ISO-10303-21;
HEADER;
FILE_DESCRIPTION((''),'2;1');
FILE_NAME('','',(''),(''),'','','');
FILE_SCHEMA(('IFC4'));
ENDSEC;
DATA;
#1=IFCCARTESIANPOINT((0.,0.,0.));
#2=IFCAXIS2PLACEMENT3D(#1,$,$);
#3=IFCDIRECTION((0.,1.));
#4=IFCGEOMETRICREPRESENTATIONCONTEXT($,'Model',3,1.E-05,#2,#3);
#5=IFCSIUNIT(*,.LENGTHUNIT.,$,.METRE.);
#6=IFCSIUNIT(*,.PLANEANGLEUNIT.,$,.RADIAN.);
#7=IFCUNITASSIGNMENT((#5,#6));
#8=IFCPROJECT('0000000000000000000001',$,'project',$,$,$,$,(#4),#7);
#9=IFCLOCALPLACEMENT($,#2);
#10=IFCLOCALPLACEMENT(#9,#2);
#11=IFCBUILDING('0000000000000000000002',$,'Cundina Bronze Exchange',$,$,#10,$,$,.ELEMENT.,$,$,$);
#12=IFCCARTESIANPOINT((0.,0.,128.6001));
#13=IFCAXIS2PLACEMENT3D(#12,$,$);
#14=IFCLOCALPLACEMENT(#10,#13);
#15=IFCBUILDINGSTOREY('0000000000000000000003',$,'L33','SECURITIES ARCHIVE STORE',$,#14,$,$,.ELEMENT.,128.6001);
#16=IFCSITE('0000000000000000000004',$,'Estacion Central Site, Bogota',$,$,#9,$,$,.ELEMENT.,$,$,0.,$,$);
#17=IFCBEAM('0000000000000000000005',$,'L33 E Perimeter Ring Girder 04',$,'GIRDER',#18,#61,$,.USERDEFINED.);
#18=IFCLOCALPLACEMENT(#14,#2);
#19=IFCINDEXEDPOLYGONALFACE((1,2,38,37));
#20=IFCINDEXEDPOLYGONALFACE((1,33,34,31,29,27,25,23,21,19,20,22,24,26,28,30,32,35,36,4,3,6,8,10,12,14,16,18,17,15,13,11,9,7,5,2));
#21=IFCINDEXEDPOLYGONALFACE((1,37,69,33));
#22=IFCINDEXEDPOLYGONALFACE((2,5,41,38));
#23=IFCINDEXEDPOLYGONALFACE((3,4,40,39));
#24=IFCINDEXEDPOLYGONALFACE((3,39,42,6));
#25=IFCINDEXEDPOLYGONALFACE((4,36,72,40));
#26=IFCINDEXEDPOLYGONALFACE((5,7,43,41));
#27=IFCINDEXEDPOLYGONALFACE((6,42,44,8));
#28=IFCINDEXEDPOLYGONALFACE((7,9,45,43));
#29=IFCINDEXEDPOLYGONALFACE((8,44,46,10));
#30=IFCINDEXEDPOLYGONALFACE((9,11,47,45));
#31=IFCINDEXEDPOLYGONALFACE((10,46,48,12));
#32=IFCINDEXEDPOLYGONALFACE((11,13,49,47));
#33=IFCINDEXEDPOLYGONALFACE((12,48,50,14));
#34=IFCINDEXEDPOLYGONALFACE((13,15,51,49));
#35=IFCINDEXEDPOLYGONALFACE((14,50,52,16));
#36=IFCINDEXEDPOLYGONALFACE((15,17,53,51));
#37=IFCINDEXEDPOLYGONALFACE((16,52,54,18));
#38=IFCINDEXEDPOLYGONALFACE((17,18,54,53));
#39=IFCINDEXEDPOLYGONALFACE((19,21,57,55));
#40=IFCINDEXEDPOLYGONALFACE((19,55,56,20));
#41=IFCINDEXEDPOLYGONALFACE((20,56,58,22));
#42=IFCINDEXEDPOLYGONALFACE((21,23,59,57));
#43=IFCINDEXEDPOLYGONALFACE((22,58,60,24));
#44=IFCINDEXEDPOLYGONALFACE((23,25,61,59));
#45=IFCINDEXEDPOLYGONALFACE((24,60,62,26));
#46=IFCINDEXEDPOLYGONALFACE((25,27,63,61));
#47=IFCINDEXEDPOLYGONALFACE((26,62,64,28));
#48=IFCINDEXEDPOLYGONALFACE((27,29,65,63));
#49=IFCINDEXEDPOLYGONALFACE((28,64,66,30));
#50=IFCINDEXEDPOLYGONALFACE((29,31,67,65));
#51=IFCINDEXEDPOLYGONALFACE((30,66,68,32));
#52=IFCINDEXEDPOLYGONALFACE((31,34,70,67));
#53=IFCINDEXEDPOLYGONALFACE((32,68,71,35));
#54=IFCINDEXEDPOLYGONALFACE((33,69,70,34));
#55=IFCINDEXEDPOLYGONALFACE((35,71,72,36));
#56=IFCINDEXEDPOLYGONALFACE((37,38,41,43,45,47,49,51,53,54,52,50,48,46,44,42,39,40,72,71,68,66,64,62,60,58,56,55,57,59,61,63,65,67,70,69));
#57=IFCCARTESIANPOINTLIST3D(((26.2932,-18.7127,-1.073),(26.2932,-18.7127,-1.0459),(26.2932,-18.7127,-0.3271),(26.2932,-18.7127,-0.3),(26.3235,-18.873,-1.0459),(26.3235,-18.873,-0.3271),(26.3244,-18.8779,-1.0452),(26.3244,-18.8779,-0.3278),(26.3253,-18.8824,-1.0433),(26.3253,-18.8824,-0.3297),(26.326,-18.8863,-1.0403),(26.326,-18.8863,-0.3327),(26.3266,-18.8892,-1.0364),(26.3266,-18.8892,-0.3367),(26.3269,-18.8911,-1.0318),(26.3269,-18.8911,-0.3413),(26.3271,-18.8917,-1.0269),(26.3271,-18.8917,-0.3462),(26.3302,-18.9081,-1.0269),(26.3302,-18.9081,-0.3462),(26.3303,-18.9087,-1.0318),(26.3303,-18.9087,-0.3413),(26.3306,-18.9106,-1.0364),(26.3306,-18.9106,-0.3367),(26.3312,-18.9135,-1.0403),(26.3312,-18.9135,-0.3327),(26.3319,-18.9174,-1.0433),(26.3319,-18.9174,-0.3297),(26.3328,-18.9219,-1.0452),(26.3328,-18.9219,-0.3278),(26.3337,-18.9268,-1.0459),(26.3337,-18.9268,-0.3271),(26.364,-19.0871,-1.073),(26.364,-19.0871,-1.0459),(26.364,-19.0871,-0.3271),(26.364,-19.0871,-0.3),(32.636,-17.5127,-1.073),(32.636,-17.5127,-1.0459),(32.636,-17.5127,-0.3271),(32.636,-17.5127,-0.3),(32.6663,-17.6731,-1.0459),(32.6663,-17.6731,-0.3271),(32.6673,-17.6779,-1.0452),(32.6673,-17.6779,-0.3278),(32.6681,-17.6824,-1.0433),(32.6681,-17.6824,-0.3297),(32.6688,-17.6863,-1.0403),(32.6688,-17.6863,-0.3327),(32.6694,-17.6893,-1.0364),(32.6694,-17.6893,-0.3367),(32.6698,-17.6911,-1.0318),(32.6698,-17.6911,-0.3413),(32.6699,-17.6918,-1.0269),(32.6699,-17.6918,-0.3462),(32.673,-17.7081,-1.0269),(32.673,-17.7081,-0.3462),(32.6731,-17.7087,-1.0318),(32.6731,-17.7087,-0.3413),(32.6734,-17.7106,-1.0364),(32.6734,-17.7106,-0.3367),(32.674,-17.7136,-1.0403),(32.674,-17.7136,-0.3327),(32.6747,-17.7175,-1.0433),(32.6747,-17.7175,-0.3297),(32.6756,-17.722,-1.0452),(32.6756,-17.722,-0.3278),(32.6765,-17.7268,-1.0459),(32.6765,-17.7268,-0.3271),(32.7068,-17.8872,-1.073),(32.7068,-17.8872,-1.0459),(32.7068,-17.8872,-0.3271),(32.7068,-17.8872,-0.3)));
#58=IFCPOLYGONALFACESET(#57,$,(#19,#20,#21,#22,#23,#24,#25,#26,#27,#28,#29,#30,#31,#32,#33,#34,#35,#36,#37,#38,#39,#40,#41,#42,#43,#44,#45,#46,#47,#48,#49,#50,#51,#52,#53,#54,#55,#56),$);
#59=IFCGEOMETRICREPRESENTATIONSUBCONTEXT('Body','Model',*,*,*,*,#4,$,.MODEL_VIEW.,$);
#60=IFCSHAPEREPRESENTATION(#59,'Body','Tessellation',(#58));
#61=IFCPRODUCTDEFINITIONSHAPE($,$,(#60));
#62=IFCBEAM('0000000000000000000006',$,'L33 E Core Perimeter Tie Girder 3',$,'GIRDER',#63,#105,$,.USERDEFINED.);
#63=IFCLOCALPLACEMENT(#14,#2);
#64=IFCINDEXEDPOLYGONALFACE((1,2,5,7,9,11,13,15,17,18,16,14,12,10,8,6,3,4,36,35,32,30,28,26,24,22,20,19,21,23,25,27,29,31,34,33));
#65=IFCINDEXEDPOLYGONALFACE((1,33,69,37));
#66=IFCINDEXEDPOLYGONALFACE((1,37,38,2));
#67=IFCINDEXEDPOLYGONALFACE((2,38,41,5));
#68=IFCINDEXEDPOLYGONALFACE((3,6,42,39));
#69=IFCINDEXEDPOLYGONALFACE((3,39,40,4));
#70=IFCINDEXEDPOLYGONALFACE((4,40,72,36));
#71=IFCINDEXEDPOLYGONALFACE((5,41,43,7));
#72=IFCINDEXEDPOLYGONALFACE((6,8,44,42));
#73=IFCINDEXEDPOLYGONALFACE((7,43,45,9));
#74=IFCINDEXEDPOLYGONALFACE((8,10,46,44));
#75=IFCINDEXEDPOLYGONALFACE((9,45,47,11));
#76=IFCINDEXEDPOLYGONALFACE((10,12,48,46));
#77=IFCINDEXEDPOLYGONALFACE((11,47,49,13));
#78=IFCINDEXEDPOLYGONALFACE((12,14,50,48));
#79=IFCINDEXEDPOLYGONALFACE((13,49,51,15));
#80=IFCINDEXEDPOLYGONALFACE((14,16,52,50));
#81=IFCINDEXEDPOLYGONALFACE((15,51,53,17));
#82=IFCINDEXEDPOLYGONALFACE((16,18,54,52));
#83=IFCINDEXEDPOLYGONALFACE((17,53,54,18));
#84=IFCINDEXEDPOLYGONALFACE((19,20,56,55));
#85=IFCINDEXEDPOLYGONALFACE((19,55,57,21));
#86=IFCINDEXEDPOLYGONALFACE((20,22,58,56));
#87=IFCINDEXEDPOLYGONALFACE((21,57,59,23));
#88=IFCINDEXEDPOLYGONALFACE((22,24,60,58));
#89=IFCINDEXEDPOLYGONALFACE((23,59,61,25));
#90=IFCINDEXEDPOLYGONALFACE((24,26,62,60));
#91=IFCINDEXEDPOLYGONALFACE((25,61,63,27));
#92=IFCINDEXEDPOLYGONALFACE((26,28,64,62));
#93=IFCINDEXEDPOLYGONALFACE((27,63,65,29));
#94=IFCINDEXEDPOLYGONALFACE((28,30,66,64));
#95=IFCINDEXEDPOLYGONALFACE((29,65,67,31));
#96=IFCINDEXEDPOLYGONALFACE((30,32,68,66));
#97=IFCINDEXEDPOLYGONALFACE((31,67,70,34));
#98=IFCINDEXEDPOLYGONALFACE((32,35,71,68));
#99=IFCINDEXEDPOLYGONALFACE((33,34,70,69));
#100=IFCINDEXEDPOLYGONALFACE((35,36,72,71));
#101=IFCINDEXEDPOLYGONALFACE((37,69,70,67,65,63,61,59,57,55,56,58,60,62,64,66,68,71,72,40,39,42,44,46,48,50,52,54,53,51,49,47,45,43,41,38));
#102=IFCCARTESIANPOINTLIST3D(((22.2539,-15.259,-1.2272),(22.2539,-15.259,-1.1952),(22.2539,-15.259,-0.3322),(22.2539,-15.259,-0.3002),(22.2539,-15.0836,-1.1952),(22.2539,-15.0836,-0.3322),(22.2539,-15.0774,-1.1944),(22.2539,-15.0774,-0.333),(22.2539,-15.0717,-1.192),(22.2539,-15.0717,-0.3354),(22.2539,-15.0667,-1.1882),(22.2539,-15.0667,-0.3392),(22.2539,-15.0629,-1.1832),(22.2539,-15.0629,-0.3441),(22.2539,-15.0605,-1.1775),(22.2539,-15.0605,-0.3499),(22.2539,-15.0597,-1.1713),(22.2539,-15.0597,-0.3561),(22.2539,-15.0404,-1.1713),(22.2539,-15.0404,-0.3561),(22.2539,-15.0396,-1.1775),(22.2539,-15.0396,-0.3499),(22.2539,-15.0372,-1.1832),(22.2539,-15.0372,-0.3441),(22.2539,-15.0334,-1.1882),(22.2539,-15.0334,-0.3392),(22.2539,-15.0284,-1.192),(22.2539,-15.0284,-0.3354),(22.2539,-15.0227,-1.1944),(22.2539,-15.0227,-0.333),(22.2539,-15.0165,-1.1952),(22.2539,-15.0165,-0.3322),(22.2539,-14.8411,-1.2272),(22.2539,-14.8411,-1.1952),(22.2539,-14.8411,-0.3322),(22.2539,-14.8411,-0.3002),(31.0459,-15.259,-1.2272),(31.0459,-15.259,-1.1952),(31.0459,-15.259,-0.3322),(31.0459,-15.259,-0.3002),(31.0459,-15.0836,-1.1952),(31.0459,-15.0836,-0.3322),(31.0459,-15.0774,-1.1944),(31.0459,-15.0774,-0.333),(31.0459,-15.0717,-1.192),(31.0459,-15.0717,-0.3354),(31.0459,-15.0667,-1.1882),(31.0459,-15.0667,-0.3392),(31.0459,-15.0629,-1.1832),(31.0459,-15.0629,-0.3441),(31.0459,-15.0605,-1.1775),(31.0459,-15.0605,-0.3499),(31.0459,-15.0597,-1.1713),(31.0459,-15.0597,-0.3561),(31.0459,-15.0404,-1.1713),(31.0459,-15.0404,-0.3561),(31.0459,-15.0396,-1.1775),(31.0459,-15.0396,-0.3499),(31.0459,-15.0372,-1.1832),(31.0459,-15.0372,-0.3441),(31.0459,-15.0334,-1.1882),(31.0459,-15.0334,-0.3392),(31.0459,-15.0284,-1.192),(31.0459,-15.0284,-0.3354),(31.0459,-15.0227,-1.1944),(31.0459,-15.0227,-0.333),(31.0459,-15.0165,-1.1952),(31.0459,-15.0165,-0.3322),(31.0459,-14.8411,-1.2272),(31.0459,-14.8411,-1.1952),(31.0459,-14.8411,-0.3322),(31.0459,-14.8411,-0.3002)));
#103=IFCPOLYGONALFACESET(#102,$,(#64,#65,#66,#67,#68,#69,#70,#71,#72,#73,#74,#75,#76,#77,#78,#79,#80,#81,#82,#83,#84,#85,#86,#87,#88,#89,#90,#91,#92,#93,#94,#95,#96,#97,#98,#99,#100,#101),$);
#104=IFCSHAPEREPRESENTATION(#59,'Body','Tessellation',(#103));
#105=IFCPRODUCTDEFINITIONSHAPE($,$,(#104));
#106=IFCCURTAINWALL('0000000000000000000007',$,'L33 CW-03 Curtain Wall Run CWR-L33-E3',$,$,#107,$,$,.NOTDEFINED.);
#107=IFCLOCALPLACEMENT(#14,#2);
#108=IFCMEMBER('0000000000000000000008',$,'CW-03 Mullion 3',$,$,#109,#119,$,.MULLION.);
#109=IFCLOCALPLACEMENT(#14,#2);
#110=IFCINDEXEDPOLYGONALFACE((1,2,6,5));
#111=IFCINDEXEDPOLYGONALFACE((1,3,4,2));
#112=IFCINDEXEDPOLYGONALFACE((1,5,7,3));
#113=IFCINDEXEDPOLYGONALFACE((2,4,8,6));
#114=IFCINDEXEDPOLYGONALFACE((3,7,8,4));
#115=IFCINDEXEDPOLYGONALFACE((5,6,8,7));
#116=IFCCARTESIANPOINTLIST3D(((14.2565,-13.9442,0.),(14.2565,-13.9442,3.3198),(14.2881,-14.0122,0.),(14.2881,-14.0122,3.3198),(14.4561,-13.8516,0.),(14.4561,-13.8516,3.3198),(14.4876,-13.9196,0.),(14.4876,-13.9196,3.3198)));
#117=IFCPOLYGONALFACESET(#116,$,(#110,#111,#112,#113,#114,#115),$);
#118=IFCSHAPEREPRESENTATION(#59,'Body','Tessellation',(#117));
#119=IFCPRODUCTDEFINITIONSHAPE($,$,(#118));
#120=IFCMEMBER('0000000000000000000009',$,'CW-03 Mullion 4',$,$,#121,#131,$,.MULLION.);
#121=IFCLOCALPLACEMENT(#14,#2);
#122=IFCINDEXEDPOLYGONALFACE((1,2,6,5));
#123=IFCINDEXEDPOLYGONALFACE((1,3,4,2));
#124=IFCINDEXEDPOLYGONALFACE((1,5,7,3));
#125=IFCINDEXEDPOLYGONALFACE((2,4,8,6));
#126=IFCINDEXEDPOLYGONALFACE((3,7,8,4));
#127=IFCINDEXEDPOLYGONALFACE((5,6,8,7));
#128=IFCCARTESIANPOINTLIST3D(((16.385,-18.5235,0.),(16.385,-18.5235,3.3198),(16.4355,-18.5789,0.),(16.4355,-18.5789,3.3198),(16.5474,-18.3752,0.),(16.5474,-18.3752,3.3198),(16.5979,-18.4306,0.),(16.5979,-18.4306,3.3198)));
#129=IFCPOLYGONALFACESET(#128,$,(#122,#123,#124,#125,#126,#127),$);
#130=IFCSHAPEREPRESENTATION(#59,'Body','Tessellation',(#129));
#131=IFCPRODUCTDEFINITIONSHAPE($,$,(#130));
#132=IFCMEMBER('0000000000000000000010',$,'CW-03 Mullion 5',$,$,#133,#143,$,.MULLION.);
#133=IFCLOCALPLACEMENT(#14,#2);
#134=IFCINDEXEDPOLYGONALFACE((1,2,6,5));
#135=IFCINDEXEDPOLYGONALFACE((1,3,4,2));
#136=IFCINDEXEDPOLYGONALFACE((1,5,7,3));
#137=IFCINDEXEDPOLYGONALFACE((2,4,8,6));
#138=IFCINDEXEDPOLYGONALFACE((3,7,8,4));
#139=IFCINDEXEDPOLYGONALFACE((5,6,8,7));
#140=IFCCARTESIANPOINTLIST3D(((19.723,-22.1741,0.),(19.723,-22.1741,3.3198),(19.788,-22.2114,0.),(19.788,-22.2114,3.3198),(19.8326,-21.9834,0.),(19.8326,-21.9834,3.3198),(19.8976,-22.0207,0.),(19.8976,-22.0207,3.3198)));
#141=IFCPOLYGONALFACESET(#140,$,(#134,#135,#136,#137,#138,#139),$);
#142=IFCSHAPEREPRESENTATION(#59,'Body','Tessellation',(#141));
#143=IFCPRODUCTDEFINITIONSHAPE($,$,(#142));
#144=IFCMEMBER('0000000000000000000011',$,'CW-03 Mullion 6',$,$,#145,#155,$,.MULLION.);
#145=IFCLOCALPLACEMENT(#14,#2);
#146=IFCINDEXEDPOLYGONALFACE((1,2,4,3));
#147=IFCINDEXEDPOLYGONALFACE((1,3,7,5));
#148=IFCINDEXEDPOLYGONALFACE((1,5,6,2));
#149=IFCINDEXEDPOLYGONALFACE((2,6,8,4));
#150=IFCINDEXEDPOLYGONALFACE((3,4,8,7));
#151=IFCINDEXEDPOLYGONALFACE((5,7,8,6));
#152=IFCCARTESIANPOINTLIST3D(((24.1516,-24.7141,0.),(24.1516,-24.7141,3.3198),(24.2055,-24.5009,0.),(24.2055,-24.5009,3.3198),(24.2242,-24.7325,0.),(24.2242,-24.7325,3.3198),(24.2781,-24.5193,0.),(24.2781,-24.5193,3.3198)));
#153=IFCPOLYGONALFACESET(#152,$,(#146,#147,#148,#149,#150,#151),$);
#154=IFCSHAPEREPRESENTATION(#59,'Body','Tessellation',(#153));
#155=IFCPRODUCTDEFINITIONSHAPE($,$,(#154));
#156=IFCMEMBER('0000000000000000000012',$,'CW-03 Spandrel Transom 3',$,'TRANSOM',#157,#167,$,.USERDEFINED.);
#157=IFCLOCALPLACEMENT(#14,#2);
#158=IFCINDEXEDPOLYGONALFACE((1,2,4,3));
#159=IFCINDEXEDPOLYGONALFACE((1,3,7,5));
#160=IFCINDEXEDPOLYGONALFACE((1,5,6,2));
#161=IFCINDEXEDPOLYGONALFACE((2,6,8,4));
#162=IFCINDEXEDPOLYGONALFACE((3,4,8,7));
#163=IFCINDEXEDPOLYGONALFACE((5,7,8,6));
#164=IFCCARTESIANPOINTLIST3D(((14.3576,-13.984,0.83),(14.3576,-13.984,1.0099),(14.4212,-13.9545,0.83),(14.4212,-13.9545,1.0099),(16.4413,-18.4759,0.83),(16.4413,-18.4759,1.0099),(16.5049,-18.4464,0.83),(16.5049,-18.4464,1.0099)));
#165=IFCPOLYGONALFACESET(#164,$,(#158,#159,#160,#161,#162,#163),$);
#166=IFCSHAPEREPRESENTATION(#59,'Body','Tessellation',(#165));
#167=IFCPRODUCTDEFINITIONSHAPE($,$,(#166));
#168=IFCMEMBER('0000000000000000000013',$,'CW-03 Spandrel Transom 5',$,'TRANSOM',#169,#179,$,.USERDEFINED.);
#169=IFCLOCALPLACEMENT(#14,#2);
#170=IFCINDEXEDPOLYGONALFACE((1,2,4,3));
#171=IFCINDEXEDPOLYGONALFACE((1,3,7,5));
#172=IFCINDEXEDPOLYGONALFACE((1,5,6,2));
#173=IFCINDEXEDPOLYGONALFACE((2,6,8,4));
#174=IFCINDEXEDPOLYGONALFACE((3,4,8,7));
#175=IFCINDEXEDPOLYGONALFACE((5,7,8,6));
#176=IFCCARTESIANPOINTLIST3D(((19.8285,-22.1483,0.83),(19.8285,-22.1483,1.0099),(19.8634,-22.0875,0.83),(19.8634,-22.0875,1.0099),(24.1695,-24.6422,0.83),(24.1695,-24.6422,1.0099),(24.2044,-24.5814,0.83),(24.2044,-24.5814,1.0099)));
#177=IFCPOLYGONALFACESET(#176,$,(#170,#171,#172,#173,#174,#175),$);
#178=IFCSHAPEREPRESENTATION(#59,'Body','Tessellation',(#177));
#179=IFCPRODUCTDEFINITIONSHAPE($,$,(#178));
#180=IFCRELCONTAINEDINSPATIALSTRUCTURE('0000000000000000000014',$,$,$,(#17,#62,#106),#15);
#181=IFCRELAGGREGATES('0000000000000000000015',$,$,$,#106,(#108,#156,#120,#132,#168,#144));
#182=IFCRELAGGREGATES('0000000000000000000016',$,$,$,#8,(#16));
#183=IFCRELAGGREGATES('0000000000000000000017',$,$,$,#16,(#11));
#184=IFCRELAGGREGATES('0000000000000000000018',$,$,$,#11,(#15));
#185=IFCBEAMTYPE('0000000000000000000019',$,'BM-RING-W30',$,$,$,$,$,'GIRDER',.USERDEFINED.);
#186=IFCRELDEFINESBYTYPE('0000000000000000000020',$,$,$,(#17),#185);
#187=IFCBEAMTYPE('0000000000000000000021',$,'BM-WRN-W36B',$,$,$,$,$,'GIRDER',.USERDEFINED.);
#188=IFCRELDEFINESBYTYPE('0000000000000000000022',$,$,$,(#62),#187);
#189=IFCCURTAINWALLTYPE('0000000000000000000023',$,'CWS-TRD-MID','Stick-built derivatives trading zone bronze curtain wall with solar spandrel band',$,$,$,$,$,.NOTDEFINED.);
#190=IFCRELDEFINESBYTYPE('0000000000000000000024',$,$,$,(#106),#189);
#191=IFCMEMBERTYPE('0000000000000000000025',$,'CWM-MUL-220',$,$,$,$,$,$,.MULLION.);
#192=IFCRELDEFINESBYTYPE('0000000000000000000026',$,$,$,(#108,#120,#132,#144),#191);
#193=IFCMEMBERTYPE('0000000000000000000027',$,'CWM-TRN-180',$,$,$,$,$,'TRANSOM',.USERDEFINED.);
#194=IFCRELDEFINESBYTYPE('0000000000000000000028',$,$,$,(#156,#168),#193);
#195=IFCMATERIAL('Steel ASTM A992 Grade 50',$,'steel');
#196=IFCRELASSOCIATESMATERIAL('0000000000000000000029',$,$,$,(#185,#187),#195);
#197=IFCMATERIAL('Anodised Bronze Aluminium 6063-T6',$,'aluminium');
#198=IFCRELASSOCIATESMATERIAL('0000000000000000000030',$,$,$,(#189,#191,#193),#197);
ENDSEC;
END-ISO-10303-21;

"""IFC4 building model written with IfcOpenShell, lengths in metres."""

from ifc_helpers import new_model, si_unit, direction, frame, origin, origin_2d, place, context, subcontext, project, spatial, rectangle, i_section, extrude, material, material_profile, profile_set, type_object, element, aggregate, save


model = new_model("IFC4")

# Units and contexts
model_context = context("Model", 3, precision=1e-05, world=origin(), true_north=direction((0.0, 1.0)))
body_context = subcontext(model_context, "Body", "Model", "MODEL_VIEW")
ifc_project = project(units=[si_unit("LENGTHUNIT", "METRE"), si_unit("PLANEANGLEUNIT", "RADIAN")], contexts=[model_context])

# Site, building, storey
site_placement = place(None, origin())
site = spatial("IfcSite", under=ifc_project, at=site_placement, Name="Estacion Central Site, Bogota", CompositionType="ELEMENT", RefElevation=0.0)
building_placement = place(site_placement, origin())
building = spatial("IfcBuilding", under=site, at=building_placement, Name="Cundina Bronze Exchange", CompositionType="ELEMENT")
storey_placement = place(building_placement, frame((0.0, 0.0, 128.6001)))
storey = spatial("IfcBuildingStorey", under=building, at=storey_placement, Name="L33", Description="SECURITIES ARCHIVE STORE", CompositionType="ELEMENT", Elevation=128.6001)

# Shared definitions
ifc_material_1 = material(Name="Steel ASTM A992 Grade 50", Category="steel")

# Beams
ifc_material_profile_1 = material_profile(ifc_material_1, i_section(OverallWidth=0.3811, OverallDepth=0.7729, WebThickness=0.0166, FlangeThickness=0.0271, FilletRadius=0.019, at=origin_2d()), Name="W30X173", Category="steel")
ifc_profile_set_1 = profile_set([ifc_material_profile_1], Name="Steel ASTM A992 Grade 50")
beam_type_1 = type_object("IfcBeamType", Name="BM-RING-W30", ElementType="GIRDER", PredefinedType="USERDEFINED", material=ifc_profile_set_1)
beam_1_placement = place(storey_placement, frame((26.3286, -18.8999, -0.6865), z_axis=(0.982571, 0.185887, 0.0), x_axis=(-0.185887, 0.982571, 0.0)))
element("IfcBeam", 1, at=beam_1_placement, inside=storey, type_object=beam_type_1, Name="L33 E Perimeter Ring Girder 04", ObjectType="GIRDER", PredefinedType="USERDEFINED", context=body_context, shape_type="SweptSolid", body=[
    extrude(i_section(OverallWidth=0.3811, OverallDepth=0.7729, WebThickness=0.0166, FlangeThickness=0.0271, FilletRadius=0.019, at=origin_2d()), origin(), (0.0, 0.0, 1.0), 6.4553),
])
ifc_material_profile_2 = material_profile(ifc_material_1, i_section(OverallWidth=0.418, OverallDepth=0.927, WebThickness=0.0193, FlangeThickness=0.032, FilletRadius=0.0239, at=origin_2d()), Name="W36X231", Category="steel")
ifc_profile_set_2 = profile_set([ifc_material_profile_2], Name="Steel ASTM A992 Grade 50")
beam_type_2 = type_object("IfcBeamType", Name="BM-WRN-W36B", ElementType="GIRDER", PredefinedType="USERDEFINED", material=ifc_profile_set_2)
beam_2_placement = place(storey_placement, frame((22.2539, -15.05, -0.7637), z_axis=(1.0, 0.0, 0.0), x_axis=(0.0, 1.0, 0.0)))
element("IfcBeam", 2, at=beam_2_placement, inside=storey, type_object=beam_type_2, Name="L33 E Core Perimeter Tie Girder 3", ObjectType="GIRDER", PredefinedType="USERDEFINED", context=body_context, shape_type="SweptSolid", body=[
    extrude(i_section(OverallWidth=0.418, OverallDepth=0.927, WebThickness=0.0193, FlangeThickness=0.032, FilletRadius=0.0239, at=origin_2d()), origin(), (0.0, 0.0, 1.0), 8.792),
])

# Curtain wall, members
ifc_material_2 = material(Name="Anodised Bronze Aluminium 6063-T6", Category="aluminium")
curtain_wall_type = type_object("IfcCurtainWallType", Name="CWS-TRD-MID", Description="Stick-built derivatives trading zone bronze curtain wall with solar spandrel band", PredefinedType="NOTDEFINED", material=ifc_material_2)
curtain_wall_placement = place(storey_placement, origin())
curtain_wall = element("IfcCurtainWall", 3, at=curtain_wall_placement, inside=storey, type_object=curtain_wall_type, Name="L33 CW-03 Curtain Wall Run CWR-L33-E3", PredefinedType="NOTDEFINED")
ifc_material_profile_3 = material_profile(ifc_material_2, rectangle(XDim=0.075, YDim=0.22, at=origin_2d()), Name="AL75X220", Category="aluminium")
ifc_profile_set_3 = profile_set([ifc_material_profile_3], Name="Anodised Bronze Aluminium 6063-T6")
member_type_1 = type_object("IfcMemberType", Name="CWM-MUL-220", PredefinedType="MULLION", material=ifc_profile_set_3)
member_1_placement = place(storey_placement, frame((14.3721, -13.9319, 0.0), z_axis=(0.0, 0.0, 1.0), x_axis=(0.420877, -0.907117, 0.0)))
member_1 = element("IfcMember", 4, at=member_1_placement, type_object=member_type_1, Name="CW-03 Mullion 3", PredefinedType="MULLION", context=body_context, shape_type="SweptSolid", body=[
    extrude(rectangle(XDim=0.075, YDim=0.22, at=origin_2d()), origin(), (0.0, 0.0, 1.0), 3.3198),
])
member_2_placement = place(storey_placement, frame((16.4915, -18.4771, 0.0), z_axis=(0.0, 0.0, 1.0), x_axis=(0.674302, -0.738455, 0.0)))
member_2 = element("IfcMember", 5, at=member_2_placement, type_object=member_type_1, Name="CW-03 Mullion 4", PredefinedType="MULLION", context=body_context, shape_type="SweptSolid", body=[
    extrude(rectangle(XDim=0.075, YDim=0.22, at=origin_2d()), origin(), (0.0, 0.0, 1.0), 3.3198),
])
member_3_placement = place(storey_placement, frame((19.8103, -22.0974, 0.0), z_axis=(0.0, 0.0, 1.0), x_axis=(0.867071, -0.498185, 0.0)))
member_3 = element("IfcMember", 6, at=member_3_placement, type_object=member_type_1, Name="CW-03 Mullion 5", PredefinedType="MULLION", context=body_context, shape_type="SweptSolid", body=[
    extrude(rectangle(XDim=0.075, YDim=0.22, at=origin_2d()), origin(), (0.0, 0.0, 1.0), 3.3198),
])
member_4_placement = place(storey_placement, frame((24.2148, -24.6167, 0.0), z_axis=(0.0, 0.0, 1.0), x_axis=(0.969488, -0.245138, 0.0)))
member_4 = element("IfcMember", 7, at=member_4_placement, type_object=member_type_1, Name="CW-03 Mullion 6", PredefinedType="MULLION", context=body_context, shape_type="SweptSolid", body=[
    extrude(rectangle(XDim=0.075, YDim=0.22, at=origin_2d()), origin(), (0.0, 0.0, 1.0), 3.3198),
])
ifc_material_profile_4 = material_profile(ifc_material_2, rectangle(XDim=0.0701, YDim=0.1799, at=origin_2d()), Name="AL70X180", Category="aluminium")
ifc_profile_set_4 = profile_set([ifc_material_profile_4], Name="Anodised Bronze Aluminium 6063-T6")
member_type_2 = type_object("IfcMemberType", Name="CWM-TRN-180", ElementType="TRANSOM", PredefinedType="USERDEFINED", material=ifc_profile_set_4)
member_5_placement = place(storey_placement, frame((14.3894, -13.9692, 0.9199), z_axis=(0.420811, -0.907148, 0.0), x_axis=(0.907148, 0.420811, 0.0)))
member_5 = element("IfcMember", 8, at=member_5_placement, type_object=member_type_2, Name="CW-03 Spandrel Transom 3", ObjectType="TRANSOM", PredefinedType="USERDEFINED", context=body_context, shape_type="SweptSolid", body=[
    extrude(rectangle(XDim=0.0701, YDim=0.1799, at=origin_2d()), origin(), (0.0, 0.0, 1.0), 4.9517),
])
member_6_placement = place(storey_placement, frame((19.8459, -22.1179, 0.9199), z_axis=(0.867097, -0.498139, 0.0), x_axis=(0.498139, 0.867097, 0.0)))
member_6 = element("IfcMember", 9, at=member_6_placement, type_object=member_type_2, Name="CW-03 Spandrel Transom 5", ObjectType="TRANSOM", PredefinedType="USERDEFINED", context=body_context, shape_type="SweptSolid", body=[
    extrude(rectangle(XDim=0.0701, YDim=0.1799, at=origin_2d()), origin(), (0.0, 0.0, 1.0), 5.0063),
])
aggregate(curtain_wall, [member_1, member_5, member_2, member_3, member_6, member_4])

save(model, "model.ifc")
